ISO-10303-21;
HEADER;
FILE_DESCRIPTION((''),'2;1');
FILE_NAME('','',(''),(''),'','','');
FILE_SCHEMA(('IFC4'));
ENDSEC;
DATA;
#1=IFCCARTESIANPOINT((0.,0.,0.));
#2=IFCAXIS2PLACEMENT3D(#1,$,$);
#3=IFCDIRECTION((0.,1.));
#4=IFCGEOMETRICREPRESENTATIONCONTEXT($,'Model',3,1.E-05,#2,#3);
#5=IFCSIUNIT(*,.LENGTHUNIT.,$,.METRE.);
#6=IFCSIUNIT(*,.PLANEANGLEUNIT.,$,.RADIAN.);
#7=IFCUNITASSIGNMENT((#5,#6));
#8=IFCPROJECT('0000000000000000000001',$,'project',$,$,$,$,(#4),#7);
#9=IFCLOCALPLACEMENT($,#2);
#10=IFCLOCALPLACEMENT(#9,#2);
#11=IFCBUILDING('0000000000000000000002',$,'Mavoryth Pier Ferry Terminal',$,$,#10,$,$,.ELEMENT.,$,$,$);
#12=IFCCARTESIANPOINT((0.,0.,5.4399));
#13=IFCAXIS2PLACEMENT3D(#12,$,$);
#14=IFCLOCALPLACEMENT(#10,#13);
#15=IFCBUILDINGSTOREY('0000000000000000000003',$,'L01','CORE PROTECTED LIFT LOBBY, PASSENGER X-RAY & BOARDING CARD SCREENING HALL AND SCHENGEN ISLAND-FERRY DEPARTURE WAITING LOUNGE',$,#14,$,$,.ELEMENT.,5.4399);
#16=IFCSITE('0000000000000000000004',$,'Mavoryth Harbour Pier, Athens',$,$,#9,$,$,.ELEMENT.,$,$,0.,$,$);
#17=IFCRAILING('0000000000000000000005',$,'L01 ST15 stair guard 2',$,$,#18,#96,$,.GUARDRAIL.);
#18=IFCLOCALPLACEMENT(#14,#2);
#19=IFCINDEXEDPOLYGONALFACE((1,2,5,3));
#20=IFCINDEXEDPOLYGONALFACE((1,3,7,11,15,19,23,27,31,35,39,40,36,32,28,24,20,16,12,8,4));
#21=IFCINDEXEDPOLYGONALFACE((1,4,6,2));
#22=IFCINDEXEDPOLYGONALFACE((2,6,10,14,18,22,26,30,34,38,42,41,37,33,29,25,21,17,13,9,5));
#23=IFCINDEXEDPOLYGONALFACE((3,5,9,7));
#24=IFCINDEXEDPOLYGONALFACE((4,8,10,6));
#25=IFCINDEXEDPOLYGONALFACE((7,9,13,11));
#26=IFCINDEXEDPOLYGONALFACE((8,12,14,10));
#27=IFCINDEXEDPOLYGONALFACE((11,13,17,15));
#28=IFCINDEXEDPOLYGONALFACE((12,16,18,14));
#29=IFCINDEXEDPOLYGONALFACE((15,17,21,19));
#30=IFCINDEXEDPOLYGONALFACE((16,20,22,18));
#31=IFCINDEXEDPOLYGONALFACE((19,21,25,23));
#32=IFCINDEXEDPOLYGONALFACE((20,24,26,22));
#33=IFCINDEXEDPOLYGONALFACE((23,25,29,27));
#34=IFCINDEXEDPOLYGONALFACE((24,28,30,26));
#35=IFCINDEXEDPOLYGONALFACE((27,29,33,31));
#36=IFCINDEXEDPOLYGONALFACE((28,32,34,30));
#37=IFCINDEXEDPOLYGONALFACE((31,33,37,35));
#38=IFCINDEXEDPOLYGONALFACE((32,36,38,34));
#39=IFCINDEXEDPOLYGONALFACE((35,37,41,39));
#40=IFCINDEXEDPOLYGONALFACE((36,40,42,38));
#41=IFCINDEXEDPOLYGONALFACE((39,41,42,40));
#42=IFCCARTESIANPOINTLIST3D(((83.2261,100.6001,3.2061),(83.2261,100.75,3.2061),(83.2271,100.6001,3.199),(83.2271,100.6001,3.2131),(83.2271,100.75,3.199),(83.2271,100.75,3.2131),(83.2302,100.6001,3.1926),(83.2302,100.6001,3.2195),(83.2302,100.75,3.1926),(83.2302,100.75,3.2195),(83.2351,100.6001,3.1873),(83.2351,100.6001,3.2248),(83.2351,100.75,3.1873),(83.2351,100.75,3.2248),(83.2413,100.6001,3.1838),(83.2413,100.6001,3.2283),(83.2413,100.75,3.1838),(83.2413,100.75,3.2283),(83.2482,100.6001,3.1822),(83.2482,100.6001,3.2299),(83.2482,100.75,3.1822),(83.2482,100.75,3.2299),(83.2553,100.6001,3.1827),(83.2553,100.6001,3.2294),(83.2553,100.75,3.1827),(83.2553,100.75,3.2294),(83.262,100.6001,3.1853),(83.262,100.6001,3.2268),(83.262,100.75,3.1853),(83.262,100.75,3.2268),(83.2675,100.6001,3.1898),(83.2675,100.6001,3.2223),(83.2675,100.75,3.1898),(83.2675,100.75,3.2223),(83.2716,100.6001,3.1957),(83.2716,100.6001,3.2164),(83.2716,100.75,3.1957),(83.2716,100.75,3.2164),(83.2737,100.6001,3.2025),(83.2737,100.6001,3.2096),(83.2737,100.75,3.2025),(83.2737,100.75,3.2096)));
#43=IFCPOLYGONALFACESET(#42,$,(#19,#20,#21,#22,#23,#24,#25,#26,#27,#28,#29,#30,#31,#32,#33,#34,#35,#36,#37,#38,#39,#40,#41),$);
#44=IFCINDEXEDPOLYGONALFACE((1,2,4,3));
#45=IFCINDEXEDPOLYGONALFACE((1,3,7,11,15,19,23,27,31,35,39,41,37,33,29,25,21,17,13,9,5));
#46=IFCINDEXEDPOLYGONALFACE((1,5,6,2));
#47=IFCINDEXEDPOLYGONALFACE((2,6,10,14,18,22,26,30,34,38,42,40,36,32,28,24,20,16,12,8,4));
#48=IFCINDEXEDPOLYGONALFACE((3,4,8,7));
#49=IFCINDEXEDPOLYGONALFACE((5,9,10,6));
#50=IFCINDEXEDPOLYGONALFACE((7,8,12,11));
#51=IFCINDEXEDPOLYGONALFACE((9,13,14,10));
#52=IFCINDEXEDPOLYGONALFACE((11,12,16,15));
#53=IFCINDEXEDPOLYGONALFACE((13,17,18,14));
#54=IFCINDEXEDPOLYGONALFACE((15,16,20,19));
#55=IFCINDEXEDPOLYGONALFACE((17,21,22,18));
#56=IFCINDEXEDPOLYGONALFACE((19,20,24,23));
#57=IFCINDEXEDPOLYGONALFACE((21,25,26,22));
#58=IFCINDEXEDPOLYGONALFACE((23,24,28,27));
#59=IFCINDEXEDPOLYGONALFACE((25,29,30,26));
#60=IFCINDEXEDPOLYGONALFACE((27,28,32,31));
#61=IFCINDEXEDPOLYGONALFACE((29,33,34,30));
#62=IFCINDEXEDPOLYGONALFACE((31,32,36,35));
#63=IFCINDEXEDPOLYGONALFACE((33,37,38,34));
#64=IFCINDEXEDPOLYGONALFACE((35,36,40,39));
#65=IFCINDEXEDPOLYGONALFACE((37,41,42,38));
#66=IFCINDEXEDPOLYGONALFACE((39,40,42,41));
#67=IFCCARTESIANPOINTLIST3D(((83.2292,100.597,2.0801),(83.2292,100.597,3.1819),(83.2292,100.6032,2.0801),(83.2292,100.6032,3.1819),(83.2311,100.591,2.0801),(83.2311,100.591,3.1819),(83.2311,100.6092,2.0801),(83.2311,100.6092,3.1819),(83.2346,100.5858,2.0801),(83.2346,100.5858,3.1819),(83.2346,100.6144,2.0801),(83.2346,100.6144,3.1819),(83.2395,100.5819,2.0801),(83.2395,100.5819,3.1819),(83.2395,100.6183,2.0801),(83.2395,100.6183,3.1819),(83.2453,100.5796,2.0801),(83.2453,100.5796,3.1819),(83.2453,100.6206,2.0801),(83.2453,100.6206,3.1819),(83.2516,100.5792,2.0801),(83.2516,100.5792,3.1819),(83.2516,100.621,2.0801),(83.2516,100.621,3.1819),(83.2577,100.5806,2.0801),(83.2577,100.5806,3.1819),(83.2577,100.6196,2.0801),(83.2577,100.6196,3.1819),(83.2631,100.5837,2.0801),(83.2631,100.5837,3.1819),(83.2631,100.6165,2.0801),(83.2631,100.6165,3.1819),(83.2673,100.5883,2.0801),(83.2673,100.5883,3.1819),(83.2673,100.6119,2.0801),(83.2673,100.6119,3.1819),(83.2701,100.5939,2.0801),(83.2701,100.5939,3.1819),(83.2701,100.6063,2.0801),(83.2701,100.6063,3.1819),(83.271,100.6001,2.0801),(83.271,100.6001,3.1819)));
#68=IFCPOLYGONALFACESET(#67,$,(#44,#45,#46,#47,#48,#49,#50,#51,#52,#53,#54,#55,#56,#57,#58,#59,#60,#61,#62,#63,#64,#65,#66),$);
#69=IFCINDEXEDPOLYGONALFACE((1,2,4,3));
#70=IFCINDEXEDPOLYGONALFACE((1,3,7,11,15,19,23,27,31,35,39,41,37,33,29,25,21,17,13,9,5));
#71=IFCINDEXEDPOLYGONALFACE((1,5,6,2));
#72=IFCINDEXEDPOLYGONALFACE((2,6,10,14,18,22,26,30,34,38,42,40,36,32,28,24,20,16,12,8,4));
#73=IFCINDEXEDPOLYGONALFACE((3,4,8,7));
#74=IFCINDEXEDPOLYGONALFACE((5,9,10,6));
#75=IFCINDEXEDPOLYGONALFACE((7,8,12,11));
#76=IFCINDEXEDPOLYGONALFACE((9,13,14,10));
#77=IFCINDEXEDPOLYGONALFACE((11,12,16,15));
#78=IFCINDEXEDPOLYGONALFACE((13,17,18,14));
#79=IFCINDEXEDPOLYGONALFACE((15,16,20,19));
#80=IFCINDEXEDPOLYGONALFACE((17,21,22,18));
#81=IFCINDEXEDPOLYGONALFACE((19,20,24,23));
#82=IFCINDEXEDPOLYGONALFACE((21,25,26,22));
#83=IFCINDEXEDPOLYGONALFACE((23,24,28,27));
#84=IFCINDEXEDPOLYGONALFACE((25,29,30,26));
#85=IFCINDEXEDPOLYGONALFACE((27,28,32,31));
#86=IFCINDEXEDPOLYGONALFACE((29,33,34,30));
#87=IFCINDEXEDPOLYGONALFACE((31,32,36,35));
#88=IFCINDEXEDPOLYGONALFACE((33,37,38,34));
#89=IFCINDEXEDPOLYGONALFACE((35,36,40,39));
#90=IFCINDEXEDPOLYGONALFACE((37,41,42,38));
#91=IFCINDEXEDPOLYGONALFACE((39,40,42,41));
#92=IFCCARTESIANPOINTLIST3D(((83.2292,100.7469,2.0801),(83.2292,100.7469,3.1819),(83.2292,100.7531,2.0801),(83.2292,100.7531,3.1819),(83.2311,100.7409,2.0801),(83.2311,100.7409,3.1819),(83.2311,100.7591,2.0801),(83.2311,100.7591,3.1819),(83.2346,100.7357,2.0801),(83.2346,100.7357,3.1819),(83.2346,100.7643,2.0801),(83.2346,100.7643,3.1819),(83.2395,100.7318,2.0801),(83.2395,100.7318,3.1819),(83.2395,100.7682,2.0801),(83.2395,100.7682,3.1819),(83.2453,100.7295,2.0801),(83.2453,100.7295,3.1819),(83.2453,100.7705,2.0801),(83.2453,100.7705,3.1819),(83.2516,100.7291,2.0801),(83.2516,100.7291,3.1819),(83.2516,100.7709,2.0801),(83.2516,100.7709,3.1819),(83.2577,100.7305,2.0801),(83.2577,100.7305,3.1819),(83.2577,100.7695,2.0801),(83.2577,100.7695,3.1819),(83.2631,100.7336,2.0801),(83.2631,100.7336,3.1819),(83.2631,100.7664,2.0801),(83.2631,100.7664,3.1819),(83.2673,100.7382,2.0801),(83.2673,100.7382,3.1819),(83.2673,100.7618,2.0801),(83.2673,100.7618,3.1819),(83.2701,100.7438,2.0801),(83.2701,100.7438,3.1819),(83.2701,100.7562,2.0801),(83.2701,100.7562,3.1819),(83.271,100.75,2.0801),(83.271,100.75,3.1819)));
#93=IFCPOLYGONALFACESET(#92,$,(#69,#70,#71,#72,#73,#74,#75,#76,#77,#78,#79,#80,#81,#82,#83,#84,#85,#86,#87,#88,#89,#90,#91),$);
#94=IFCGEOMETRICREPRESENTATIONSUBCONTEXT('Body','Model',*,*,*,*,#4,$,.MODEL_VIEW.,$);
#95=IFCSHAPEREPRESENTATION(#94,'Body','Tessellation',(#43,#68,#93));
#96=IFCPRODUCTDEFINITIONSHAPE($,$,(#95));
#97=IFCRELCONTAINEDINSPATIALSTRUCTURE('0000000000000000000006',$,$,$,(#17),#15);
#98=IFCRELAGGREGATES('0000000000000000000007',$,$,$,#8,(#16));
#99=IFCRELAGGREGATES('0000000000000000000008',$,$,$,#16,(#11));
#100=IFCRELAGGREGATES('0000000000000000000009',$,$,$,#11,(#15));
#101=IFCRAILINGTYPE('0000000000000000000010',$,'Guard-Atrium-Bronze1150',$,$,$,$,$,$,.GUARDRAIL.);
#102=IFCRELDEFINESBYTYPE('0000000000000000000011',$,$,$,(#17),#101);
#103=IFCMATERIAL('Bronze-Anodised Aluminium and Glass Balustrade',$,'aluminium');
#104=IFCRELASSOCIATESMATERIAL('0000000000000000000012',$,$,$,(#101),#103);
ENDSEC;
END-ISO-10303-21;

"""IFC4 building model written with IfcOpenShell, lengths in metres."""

from ifc_helpers import new_model, si_unit, direction, frame, origin, origin_2d, place, context, subcontext, project, spatial, circle, extrude, material, type_object, element, save


model = new_model("IFC4")

# Units and contexts
model_context = context("Model", 3, precision=1e-05, world=origin(), true_north=direction((0.0, 1.0)))
body_context = subcontext(model_context, "Body", "Model", "MODEL_VIEW")
ifc_project = project(units=[si_unit("LENGTHUNIT", "METRE"), si_unit("PLANEANGLEUNIT", "RADIAN")], contexts=[model_context])

# Site, building, storey
site_placement = place(None, origin())
site = spatial("IfcSite", under=ifc_project, at=site_placement, Name="Mavoryth Harbour Pier, Athens", CompositionType="ELEMENT", RefElevation=0.0)
building_placement = place(site_placement, origin())
building = spatial("IfcBuilding", under=site, at=building_placement, Name="Mavoryth Pier Ferry Terminal", CompositionType="ELEMENT")
storey_placement = place(building_placement, frame((0.0, 0.0, 5.4399)))
storey = spatial("IfcBuildingStorey", under=building, at=storey_placement, Name="L01", Description="CORE PROTECTED LIFT LOBBY, PASSENGER X-RAY & BOARDING CARD SCREENING HALL AND SCHENGEN ISLAND-FERRY DEPARTURE WAITING LOUNGE", CompositionType="ELEMENT", Elevation=5.4399)

# Railing
ifc_material_1 = material(Name="Bronze-Anodised Aluminium and Glass Balustrade", Category="aluminium")
railing_type_1 = type_object("IfcRailingType", Name="Guard-Atrium-Bronze1150", PredefinedType="GUARDRAIL", material=ifc_material_1)
railing_1_placement = place(storey_placement, frame((83.25, 100.6001, 2.0801)))
element("IfcRailing", 1, at=railing_1_placement, inside=storey, type_object=railing_type_1, Name="L01 ST15 stair guard 2", PredefinedType="GUARDRAIL", context=body_context, shape_type="SweptSolid", body=[
    extrude(circle(Radius=0.0239, at=origin_2d()), frame((0.0, 0.0, 1.126), z_axis=(0.0, 1.0, 0.0), x_axis=(-1.0, 0.0, 0.0)), (0.0, 0.0, 1.0), 0.1499),
    extrude(circle(Radius=0.021, at=origin_2d()), origin(), (0.0, 0.0, 1.0), 1.1018),
    extrude(circle(Radius=0.021, at=origin_2d()), frame((0.0, 0.1499, 0.0)), (0.0, 0.0, 1.0), 1.1018),
])

save(model, "model.ifc")
